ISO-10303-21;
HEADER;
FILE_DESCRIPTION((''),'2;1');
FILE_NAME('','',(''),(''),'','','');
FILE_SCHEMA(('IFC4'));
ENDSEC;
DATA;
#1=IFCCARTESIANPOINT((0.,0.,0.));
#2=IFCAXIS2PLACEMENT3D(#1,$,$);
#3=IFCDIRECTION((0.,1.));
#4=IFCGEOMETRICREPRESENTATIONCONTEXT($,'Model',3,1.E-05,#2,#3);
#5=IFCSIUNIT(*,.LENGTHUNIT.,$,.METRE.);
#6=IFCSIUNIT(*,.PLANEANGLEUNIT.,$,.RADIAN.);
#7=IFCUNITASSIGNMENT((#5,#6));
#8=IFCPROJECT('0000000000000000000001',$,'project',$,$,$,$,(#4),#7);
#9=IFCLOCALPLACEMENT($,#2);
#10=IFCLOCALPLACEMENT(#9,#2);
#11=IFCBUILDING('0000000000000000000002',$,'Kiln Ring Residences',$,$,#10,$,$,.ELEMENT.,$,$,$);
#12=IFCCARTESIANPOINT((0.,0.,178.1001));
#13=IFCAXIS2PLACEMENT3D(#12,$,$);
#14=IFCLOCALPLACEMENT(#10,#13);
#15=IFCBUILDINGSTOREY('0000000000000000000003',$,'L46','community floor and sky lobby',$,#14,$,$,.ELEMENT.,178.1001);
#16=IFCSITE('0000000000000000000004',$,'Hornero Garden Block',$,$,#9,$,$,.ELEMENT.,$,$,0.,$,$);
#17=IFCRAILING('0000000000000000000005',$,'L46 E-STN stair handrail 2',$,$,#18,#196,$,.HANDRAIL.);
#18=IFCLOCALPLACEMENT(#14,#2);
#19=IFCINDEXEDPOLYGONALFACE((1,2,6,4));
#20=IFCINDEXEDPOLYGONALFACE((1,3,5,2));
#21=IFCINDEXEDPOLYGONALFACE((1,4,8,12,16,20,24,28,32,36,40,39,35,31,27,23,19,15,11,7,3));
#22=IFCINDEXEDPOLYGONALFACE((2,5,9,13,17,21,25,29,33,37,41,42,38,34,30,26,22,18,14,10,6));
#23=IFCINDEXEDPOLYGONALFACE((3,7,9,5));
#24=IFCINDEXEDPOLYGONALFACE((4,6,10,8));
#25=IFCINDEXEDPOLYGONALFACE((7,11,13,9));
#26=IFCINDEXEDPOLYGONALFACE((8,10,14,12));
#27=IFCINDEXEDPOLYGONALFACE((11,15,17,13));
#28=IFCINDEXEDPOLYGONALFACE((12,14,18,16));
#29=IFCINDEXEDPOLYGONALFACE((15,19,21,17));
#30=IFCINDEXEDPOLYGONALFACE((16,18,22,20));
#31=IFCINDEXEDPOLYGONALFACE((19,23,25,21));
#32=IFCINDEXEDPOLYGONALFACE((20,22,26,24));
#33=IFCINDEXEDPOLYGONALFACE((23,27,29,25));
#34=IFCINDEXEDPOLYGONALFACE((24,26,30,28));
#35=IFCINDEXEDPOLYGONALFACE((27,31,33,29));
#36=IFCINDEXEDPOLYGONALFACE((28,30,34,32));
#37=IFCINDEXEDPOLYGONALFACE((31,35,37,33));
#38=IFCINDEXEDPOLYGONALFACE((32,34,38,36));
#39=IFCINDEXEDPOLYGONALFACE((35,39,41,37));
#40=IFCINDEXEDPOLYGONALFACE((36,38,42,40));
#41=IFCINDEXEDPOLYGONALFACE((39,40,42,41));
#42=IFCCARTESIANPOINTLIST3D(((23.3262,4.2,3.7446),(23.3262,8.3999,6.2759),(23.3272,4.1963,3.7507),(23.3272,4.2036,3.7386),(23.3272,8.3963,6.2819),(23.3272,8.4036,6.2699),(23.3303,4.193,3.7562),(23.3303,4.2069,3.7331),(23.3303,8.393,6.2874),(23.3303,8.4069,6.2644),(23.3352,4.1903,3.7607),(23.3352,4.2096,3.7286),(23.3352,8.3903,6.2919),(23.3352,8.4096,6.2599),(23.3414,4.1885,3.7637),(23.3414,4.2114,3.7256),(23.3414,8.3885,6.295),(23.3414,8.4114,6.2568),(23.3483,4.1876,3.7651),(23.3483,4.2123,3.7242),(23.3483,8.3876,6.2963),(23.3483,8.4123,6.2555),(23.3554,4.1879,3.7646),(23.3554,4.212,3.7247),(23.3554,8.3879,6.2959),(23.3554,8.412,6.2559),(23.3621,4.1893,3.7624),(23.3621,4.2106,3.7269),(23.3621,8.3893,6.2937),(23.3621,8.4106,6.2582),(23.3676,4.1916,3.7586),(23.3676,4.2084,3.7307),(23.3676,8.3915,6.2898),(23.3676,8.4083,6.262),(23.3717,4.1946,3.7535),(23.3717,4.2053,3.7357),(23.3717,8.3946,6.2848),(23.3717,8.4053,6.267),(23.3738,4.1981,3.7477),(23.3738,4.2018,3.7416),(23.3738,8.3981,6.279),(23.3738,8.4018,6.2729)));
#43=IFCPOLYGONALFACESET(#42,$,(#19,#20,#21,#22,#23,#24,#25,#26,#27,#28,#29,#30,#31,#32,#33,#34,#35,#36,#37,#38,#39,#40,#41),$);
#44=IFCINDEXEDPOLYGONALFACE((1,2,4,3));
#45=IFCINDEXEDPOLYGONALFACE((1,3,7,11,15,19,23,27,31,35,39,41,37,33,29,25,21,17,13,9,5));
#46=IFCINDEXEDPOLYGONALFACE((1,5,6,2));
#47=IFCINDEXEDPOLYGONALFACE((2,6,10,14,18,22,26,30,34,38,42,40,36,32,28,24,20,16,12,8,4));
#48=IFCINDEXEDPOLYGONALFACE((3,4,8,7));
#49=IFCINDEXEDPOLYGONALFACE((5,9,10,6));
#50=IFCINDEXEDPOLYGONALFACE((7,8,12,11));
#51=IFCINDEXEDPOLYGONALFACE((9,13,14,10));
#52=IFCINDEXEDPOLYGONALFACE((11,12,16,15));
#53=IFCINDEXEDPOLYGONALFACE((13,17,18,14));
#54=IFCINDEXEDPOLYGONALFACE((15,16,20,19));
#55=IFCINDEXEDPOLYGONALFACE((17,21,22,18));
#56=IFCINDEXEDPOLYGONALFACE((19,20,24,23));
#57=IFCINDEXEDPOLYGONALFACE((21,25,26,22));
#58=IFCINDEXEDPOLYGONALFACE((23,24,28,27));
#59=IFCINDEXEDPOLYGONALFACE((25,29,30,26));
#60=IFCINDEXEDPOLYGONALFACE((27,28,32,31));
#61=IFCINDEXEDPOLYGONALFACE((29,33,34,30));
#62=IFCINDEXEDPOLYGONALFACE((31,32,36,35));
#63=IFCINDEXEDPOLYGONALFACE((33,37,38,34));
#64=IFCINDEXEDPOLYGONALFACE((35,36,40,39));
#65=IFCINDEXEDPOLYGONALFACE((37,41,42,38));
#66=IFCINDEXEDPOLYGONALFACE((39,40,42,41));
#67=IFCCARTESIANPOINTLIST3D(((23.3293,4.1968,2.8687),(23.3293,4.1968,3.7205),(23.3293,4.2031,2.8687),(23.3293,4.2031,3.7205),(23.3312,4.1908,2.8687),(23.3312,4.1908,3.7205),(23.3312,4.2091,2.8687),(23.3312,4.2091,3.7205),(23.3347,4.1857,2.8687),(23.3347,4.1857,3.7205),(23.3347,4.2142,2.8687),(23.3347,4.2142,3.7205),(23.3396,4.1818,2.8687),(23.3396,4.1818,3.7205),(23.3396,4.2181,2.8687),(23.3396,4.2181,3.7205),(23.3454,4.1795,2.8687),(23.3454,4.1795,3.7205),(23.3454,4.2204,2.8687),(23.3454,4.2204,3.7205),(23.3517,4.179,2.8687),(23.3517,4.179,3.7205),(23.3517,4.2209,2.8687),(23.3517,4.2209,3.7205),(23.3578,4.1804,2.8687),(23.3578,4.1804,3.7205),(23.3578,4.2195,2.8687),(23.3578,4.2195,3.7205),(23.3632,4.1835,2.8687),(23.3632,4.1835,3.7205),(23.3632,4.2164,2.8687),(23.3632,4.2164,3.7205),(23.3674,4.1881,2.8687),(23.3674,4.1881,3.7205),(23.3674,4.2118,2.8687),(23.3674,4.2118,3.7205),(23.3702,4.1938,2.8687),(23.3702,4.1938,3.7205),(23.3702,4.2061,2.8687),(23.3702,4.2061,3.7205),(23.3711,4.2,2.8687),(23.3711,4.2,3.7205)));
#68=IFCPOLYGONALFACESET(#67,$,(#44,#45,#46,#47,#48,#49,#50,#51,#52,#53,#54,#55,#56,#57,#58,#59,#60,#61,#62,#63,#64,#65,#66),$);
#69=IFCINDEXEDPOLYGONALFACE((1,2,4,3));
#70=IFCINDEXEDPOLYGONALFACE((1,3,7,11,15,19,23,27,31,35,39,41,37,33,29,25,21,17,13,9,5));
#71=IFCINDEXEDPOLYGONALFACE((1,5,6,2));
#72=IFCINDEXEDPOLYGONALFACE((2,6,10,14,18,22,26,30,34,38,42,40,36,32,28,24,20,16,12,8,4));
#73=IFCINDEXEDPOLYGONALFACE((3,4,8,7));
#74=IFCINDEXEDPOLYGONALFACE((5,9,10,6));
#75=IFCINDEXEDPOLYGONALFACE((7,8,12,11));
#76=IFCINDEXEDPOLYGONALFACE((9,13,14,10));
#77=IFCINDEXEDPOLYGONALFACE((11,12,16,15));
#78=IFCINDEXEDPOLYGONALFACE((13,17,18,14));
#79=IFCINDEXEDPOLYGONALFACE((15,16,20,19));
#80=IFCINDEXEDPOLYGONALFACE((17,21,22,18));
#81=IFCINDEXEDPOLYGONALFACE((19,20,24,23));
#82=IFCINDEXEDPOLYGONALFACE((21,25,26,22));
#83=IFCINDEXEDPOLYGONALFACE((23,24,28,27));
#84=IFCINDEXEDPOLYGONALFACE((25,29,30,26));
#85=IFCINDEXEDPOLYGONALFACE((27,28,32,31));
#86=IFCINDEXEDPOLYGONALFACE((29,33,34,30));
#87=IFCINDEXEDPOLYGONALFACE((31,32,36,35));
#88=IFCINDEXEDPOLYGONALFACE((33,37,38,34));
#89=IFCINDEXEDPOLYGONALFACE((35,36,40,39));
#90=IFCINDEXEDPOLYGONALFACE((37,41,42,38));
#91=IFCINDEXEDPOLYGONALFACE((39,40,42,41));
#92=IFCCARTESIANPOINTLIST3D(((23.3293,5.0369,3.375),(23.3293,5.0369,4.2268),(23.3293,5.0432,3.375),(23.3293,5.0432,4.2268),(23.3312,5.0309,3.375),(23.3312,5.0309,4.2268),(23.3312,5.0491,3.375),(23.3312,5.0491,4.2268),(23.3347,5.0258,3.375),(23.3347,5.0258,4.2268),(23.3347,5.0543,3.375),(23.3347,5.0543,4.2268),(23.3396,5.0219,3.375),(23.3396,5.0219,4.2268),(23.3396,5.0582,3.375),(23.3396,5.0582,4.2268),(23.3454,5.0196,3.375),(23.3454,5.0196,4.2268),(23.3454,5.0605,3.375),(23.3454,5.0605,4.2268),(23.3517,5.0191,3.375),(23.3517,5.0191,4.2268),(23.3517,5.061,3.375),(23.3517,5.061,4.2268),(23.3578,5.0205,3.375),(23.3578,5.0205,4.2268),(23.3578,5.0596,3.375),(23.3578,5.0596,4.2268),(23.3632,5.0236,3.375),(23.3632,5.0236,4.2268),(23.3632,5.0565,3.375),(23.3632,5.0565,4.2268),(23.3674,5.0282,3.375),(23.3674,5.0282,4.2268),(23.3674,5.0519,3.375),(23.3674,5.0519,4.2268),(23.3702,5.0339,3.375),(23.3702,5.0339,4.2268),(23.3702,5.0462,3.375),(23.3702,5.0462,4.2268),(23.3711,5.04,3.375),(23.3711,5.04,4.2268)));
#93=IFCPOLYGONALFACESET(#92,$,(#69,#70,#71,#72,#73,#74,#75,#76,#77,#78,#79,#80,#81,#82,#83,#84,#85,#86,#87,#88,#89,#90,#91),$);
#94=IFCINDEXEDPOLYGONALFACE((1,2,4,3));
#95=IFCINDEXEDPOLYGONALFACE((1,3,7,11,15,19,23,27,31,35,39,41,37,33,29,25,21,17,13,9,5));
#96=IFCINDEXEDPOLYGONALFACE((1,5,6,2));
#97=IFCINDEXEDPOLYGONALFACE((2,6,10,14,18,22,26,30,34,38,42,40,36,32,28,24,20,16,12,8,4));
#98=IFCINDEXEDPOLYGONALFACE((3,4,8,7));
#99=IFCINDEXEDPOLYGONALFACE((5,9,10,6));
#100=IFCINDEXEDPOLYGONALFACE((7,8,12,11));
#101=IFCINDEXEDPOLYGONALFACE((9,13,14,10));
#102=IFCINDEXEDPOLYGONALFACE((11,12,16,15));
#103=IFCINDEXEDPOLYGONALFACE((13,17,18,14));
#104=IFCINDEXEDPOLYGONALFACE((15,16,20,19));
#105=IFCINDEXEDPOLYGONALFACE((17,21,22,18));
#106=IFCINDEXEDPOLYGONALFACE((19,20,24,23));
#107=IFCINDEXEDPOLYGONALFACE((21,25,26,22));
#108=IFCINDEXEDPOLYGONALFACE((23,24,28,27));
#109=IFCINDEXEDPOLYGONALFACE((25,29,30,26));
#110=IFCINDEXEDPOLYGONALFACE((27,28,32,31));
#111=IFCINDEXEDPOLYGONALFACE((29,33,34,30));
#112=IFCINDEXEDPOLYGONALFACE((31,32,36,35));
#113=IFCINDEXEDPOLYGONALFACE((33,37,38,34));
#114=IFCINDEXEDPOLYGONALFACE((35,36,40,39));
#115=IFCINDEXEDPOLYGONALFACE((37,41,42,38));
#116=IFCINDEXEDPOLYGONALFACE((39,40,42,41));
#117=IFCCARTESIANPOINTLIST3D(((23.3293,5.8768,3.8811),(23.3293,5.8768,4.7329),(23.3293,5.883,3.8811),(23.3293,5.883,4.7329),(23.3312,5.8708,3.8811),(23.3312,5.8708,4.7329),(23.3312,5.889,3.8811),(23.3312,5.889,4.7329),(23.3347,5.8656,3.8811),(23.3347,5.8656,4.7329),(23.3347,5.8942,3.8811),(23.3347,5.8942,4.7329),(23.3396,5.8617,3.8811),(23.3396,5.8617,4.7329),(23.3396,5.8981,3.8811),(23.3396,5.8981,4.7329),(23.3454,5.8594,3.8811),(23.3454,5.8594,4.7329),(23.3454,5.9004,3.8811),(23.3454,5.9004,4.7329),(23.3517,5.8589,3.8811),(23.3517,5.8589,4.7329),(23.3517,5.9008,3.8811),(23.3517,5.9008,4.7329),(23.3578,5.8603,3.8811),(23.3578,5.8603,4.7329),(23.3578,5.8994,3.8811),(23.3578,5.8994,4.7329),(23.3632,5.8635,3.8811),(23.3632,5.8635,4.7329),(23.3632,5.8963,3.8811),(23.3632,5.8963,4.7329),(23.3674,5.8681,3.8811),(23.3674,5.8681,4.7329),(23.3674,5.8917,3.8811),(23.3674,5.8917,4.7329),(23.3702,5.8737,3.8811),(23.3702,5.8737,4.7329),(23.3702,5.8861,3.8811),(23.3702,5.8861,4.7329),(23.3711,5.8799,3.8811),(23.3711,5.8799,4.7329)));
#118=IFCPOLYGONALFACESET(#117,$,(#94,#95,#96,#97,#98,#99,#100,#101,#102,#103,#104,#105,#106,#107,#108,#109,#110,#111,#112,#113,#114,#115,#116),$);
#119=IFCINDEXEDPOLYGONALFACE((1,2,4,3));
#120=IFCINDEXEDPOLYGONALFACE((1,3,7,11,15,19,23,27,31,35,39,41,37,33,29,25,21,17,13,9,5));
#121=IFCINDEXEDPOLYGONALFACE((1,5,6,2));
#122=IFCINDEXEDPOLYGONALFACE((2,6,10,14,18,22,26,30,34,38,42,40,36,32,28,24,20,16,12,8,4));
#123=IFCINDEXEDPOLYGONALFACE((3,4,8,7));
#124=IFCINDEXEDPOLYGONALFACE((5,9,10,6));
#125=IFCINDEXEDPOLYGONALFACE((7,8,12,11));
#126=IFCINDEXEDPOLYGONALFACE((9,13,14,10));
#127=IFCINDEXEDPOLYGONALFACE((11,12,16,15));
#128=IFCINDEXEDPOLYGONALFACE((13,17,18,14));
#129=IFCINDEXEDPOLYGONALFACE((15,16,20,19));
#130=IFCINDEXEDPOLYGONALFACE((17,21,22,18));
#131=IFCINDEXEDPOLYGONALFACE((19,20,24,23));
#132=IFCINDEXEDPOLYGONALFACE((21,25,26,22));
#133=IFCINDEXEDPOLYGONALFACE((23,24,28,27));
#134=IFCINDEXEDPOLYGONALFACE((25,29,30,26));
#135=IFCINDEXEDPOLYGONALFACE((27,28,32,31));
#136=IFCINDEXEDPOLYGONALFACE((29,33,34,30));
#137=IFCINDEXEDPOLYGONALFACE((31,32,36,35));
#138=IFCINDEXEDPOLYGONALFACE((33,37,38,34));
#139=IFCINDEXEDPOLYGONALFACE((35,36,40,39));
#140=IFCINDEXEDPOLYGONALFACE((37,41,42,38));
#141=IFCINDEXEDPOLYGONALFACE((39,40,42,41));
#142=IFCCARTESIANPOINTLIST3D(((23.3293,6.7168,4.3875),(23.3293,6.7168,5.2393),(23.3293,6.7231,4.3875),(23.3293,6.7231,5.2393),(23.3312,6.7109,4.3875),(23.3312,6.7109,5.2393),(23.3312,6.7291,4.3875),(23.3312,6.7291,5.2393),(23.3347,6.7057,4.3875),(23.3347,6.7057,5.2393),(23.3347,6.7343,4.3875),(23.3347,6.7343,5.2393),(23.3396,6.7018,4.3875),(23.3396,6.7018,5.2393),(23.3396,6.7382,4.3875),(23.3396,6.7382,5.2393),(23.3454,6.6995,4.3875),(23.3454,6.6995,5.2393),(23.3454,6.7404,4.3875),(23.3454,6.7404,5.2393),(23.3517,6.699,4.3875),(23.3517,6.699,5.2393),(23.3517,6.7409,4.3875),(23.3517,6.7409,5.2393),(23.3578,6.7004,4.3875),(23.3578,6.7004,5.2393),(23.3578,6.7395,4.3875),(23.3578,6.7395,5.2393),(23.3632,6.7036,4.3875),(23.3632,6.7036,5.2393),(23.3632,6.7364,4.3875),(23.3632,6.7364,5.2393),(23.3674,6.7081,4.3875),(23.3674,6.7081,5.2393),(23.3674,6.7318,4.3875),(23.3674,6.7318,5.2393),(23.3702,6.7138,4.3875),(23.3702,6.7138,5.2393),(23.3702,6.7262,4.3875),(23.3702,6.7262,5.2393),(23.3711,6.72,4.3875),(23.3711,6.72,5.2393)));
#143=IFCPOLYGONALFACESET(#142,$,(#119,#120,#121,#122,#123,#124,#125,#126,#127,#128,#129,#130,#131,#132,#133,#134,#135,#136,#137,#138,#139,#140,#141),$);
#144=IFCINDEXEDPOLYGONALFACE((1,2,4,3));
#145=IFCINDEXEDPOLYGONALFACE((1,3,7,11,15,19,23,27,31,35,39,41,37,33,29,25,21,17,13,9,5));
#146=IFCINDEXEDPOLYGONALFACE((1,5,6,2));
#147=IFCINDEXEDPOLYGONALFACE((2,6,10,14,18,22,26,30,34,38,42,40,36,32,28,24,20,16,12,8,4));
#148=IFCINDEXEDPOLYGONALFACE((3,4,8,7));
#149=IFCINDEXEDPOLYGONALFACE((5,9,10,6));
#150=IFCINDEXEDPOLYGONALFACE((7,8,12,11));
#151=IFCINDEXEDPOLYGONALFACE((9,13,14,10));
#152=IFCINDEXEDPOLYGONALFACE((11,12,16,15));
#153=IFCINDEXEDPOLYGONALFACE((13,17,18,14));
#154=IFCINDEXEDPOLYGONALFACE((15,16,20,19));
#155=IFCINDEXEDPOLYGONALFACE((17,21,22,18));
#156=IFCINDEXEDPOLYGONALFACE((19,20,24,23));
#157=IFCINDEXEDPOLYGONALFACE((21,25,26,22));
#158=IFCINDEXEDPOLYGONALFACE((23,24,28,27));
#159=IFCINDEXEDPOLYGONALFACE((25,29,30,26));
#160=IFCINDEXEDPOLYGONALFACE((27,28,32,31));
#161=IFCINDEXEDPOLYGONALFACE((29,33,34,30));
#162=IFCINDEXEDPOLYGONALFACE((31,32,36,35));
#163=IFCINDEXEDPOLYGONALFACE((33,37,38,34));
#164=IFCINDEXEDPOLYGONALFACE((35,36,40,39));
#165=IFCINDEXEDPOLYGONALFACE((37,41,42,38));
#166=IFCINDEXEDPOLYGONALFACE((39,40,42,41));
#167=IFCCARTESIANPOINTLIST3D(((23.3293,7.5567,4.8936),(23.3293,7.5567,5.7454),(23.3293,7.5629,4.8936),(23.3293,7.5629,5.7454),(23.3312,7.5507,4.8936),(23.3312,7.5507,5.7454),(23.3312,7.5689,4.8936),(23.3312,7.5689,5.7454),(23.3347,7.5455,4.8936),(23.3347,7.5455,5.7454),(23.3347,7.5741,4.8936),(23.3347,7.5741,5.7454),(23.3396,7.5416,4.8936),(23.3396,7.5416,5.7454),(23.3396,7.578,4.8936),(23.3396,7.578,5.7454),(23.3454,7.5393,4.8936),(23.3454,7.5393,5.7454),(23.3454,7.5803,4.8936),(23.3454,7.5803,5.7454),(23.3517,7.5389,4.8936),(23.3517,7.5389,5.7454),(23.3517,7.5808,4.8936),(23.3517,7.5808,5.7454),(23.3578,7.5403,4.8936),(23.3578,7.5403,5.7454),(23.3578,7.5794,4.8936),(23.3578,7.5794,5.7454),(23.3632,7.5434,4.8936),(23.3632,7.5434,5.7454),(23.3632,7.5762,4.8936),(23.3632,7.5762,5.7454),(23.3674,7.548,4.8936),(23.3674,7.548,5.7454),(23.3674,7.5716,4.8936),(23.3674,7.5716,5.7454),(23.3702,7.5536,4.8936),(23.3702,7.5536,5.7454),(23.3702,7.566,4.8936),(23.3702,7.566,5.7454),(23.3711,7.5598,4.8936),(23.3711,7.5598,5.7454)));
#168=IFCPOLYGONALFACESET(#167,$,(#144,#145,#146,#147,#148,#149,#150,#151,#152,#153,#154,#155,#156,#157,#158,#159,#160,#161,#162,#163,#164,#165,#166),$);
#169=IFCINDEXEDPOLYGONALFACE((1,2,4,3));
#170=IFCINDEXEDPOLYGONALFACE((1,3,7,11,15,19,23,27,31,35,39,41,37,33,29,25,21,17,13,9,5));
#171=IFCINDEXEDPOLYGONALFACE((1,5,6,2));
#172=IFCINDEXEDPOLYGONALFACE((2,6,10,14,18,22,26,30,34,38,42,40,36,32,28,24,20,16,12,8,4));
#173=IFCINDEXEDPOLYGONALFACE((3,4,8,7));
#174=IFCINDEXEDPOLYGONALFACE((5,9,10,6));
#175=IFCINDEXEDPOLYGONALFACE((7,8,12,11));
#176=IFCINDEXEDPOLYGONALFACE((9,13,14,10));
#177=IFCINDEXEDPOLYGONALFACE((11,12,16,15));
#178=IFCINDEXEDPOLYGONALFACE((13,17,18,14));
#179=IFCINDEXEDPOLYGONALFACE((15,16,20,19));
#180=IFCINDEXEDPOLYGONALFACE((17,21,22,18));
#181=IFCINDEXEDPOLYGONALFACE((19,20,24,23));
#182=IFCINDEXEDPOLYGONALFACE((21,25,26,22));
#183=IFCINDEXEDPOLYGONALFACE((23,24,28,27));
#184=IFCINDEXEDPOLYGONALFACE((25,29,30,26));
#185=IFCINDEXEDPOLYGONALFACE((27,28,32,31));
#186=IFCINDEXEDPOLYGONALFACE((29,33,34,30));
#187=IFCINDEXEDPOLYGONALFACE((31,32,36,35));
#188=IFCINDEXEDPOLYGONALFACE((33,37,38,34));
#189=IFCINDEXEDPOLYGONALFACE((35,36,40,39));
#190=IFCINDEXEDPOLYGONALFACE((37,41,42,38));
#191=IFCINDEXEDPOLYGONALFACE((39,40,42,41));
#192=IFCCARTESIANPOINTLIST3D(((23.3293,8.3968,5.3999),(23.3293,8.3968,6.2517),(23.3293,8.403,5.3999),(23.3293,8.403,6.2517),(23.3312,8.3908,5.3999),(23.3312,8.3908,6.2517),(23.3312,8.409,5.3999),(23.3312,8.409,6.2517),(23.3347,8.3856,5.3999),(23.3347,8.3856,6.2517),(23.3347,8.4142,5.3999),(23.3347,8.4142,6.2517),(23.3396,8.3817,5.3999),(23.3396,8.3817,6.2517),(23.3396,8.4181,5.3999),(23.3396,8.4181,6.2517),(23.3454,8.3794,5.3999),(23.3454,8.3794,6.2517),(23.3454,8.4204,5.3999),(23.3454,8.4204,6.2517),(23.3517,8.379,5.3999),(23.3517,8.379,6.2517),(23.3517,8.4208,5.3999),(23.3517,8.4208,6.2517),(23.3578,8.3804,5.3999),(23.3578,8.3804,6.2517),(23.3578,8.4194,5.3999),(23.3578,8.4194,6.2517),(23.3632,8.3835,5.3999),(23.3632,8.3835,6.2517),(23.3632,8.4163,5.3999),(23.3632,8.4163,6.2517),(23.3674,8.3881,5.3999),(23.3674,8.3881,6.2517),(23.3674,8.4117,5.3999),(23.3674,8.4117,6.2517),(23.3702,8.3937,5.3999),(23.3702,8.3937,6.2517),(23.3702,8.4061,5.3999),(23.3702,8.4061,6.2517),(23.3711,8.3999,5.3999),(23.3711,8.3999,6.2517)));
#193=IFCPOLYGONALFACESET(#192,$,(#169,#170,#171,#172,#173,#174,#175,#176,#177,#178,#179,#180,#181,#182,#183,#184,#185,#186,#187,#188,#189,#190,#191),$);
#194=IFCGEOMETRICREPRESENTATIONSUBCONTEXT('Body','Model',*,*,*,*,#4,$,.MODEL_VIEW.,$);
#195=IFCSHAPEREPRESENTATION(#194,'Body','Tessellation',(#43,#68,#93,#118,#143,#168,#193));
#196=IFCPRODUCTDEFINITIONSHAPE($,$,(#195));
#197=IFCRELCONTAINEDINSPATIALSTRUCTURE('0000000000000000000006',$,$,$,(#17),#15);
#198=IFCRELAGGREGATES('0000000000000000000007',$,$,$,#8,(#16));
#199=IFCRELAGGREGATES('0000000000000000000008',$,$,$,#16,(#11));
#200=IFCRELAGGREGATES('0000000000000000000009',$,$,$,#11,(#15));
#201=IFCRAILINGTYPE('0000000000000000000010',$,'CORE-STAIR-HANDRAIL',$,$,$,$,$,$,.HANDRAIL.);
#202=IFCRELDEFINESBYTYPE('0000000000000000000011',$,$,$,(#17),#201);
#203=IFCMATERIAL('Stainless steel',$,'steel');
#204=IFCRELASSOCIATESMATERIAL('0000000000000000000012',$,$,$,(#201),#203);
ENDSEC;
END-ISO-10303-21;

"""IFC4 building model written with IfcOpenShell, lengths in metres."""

from ifc_helpers import new_model, si_unit, direction, frame, origin, origin_2d, place, context, subcontext, project, spatial, circle, extrude, material, type_object, element, save


model = new_model("IFC4")

# Units and contexts
model_context = context("Model", 3, precision=1e-05, world=origin(), true_north=direction((0.0, 1.0)))
body_context = subcontext(model_context, "Body", "Model", "MODEL_VIEW")
ifc_project = project(units=[si_unit("LENGTHUNIT", "METRE"), si_unit("PLANEANGLEUNIT", "RADIAN")], contexts=[model_context])

# Site, building, storey
site_placement = place(None, origin())
site = spatial("IfcSite", under=ifc_project, at=site_placement, Name="Hornero Garden Block", CompositionType="ELEMENT", RefElevation=0.0)
building_placement = place(site_placement, origin())
building = spatial("IfcBuilding", under=site, at=building_placement, Name="Kiln Ring Residences", CompositionType="ELEMENT")
storey_placement = place(building_placement, frame((0.0, 0.0, 178.1001)))
storey = spatial("IfcBuildingStorey", under=building, at=storey_placement, Name="L46", Description="community floor and sky lobby", CompositionType="ELEMENT", Elevation=178.1001)

# Railing
ifc_material_1 = material(Name="Stainless steel", Category="steel")
railing_type_1 = type_object("IfcRailingType", Name="CORE-STAIR-HANDRAIL", PredefinedType="HANDRAIL", material=ifc_material_1)
railing_1_placement = place(storey_placement, frame((23.3501, 4.2, 2.8687)))
element("IfcRailing", 1, at=railing_1_placement, inside=storey, type_object=railing_type_1, Name="L46 E-STN stair handrail 2", PredefinedType="HANDRAIL", context=body_context, shape_type="SweptSolid", body=[
    extrude(circle(Radius=0.0239, at=origin_2d()), frame((0.0, 0.0, 0.876), z_axis=(0.0, 0.856476, 0.516186), x_axis=(-1.0, 0.0, 0.0)), (0.0, 0.0, 1.0), 4.9038),
    extrude(circle(Radius=0.021, at=origin_2d()), origin(), (0.0, 0.0, 1.0), 0.8518),
    extrude(circle(Radius=0.021, at=origin_2d()), frame((0.0, 0.8401, 0.5063)), (0.0, 0.0, 1.0), 0.8518),
    extrude(circle(Radius=0.021, at=origin_2d()), frame((0.0, 1.6799, 1.0125)), (0.0, 0.0, 1.0), 0.8518),
    extrude(circle(Radius=0.021, at=origin_2d()), frame((0.0, 2.52, 1.5188)), (0.0, 0.0, 1.0), 0.8518),
    extrude(circle(Radius=0.021, at=origin_2d()), frame((0.0, 3.3599, 2.0249)), (0.0, 0.0, 1.0), 0.8518),
    extrude(circle(Radius=0.021, at=origin_2d()), frame((0.0, 4.2, 2.5312)), (0.0, 0.0, 1.0), 0.8518),
])

save(model, "model.ifc")
